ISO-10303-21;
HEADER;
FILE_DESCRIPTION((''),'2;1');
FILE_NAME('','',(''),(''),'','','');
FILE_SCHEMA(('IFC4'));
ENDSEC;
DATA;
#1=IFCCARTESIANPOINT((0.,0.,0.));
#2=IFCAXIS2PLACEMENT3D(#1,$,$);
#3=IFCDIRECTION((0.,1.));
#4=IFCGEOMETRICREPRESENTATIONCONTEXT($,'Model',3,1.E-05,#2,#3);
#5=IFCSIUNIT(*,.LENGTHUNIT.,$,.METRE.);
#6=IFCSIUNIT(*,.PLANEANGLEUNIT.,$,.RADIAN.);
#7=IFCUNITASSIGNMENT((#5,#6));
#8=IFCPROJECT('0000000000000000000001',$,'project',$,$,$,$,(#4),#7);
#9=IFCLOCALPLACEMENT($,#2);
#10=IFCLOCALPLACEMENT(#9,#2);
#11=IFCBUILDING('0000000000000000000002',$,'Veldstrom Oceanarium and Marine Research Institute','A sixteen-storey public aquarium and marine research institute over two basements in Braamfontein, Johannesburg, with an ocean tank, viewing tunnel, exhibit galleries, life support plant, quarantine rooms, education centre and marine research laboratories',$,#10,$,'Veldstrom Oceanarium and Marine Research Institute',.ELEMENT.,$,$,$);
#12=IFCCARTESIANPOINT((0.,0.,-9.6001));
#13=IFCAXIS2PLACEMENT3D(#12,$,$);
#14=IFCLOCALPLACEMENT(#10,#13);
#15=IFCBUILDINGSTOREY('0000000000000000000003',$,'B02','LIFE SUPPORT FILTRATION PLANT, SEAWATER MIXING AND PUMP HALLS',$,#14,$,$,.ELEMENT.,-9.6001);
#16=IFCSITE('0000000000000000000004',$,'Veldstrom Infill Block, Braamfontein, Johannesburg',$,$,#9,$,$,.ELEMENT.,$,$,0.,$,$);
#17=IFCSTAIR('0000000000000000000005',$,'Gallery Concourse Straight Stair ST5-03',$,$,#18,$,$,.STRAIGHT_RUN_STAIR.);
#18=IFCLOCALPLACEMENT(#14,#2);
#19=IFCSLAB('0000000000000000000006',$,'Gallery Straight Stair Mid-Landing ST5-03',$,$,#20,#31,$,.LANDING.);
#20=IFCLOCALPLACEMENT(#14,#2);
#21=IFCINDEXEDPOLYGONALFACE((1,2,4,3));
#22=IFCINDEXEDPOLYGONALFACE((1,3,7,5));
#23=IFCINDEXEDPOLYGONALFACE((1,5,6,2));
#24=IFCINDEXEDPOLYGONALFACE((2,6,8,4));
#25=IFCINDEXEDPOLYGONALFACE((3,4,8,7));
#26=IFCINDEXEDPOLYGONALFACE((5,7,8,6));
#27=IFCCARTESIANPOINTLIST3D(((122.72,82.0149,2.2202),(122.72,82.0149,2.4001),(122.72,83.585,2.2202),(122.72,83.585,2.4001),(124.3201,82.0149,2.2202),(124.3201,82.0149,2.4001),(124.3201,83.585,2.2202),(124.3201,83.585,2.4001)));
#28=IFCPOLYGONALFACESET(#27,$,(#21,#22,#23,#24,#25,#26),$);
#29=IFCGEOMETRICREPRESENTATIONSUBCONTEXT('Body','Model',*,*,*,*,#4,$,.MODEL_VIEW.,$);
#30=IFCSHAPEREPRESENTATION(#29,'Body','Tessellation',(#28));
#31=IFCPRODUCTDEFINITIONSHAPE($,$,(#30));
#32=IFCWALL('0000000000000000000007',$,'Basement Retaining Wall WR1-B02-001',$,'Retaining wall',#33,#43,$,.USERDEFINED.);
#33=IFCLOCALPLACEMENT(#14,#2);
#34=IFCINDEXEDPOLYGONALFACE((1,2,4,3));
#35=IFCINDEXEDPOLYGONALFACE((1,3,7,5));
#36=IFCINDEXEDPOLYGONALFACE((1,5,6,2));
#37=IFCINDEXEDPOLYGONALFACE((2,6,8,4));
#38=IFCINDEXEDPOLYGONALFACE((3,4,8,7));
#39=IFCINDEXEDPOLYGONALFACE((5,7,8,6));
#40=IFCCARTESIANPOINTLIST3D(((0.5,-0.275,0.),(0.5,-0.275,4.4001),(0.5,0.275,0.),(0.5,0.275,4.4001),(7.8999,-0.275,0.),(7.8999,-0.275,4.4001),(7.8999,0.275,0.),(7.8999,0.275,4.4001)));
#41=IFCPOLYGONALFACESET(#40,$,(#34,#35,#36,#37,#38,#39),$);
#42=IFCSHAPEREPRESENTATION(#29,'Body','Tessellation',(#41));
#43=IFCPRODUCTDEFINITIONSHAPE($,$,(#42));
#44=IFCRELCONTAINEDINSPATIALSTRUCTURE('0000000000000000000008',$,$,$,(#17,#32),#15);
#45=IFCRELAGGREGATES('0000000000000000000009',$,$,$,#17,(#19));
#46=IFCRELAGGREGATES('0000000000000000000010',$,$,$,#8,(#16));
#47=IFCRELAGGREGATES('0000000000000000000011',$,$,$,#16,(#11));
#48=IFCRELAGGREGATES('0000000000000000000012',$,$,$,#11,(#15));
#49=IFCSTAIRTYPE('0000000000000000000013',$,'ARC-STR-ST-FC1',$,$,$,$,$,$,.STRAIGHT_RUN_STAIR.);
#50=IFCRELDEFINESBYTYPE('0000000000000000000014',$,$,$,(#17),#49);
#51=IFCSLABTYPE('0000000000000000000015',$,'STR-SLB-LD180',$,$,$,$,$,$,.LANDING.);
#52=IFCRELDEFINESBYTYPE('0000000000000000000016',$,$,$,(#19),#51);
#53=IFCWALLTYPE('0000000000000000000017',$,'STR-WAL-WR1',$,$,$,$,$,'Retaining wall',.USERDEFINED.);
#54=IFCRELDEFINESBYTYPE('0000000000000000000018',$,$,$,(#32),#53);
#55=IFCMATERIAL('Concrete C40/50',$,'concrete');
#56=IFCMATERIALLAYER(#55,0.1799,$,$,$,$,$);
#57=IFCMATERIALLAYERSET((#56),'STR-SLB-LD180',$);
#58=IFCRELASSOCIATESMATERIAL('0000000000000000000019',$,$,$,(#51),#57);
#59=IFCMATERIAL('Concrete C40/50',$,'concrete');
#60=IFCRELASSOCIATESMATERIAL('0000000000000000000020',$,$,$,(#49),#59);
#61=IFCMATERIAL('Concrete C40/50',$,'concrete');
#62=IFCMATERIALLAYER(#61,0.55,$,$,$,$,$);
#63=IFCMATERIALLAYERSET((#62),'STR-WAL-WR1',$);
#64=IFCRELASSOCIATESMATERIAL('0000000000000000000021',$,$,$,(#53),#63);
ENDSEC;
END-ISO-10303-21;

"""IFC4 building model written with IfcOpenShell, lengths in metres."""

from ifc_helpers import new_model, si_unit, direction, frame, frame_2d, origin, place, context, subcontext, project, spatial, polyline, rectangle, outline, extrude, material, layer, layer_set, type_object, element, aggregate, save


model = new_model("IFC4")

# Units and contexts
model_context = context("Model", 3, precision=1e-05, world=origin(), true_north=direction((0.0, 1.0)))
body_context = subcontext(model_context, "Body", "Model", "MODEL_VIEW")
ifc_project = project(units=[si_unit("LENGTHUNIT", "METRE"), si_unit("PLANEANGLEUNIT", "RADIAN")], contexts=[model_context])

# Site, building, storey
site_placement = place(None, origin())
site = spatial("IfcSite", under=ifc_project, at=site_placement, Name="Veldstrom Infill Block, Braamfontein, Johannesburg", CompositionType="ELEMENT", RefElevation=0.0)
building_placement = place(site_placement, origin())
building = spatial("IfcBuilding", under=site, at=building_placement, Name="Veldstrom Oceanarium and Marine Research Institute", Description="A sixteen-storey public aquarium and marine research institute over two basements in Braamfontein, Johannesburg, with an ocean tank, viewing tunnel, exhibit galleries, life support plant, quarantine rooms, education centre and marine research laboratories", LongName="Veldstrom Oceanarium and Marine Research Institute", CompositionType="ELEMENT")
storey_placement = place(building_placement, frame((0.0, 0.0, -9.6001)))
storey = spatial("IfcBuildingStorey", under=building, at=storey_placement, Name="B02", Description="LIFE SUPPORT FILTRATION PLANT, SEAWATER MIXING AND PUMP HALLS", CompositionType="ELEMENT", Elevation=-9.6001)

# Stair, slab
ifc_material_1 = material(Name="Concrete C40/50", Category="concrete")
ifc_layer_1 = layer(ifc_material_1, 0.1799)
ifc_layer_set_1 = layer_set([ifc_layer_1], Name="STR-SLB-LD180")
slab_type_1 = type_object("IfcSlabType", Name="STR-SLB-LD180", PredefinedType="LANDING", material=ifc_layer_set_1)
ifc_material_2 = material(Name="Concrete C40/50", Category="concrete")
stair_type_1 = type_object("IfcStairType", Name="ARC-STR-ST-FC1", PredefinedType="STRAIGHT_RUN_STAIR", material=ifc_material_2)
stair_1_placement = place(storey_placement, origin())
stair_1 = element("IfcStair", 1, at=stair_1_placement, inside=storey, type_object=stair_type_1, Name="Gallery Concourse Straight Stair ST5-03", PredefinedType="STRAIGHT_RUN_STAIR")
slab_1_placement = place(storey_placement, frame((0.0, 0.0, 2.2202)))
slab_1 = element("IfcSlab", 2, at=slab_1_placement, type_object=slab_type_1, Name="Gallery Straight Stair Mid-Landing ST5-03", PredefinedType="LANDING", context=body_context, shape_type="SweptSolid", body=[
    extrude(outline(polyline([(122.72, 82.0149), (124.3201, 82.0149), (124.3201, 83.585), (122.72, 83.585), (122.72, 82.0149)])), origin(), (0.0, 0.0, 1.0), 0.1799),
])
aggregate(stair_1, [slab_1])

# Wall
ifc_material_3 = material(Name="Concrete C40/50", Category="concrete")
ifc_layer_2 = layer(ifc_material_3, 0.55)
ifc_layer_set_2 = layer_set([ifc_layer_2], Name="STR-WAL-WR1")
wall_type = type_object("IfcWallType", Name="STR-WAL-WR1", ElementType="Retaining wall", PredefinedType="USERDEFINED", material=ifc_layer_set_2)
wall_placement = place(storey_placement, frame((0.5, 0.0, 0.0), z_axis=(0.0, 0.0, 1.0), x_axis=(1.0, 0.0, 0.0)))
element("IfcWall", 3, at=wall_placement, inside=storey, type_object=wall_type, Name="Basement Retaining Wall WR1-B02-001", ObjectType="Retaining wall", PredefinedType="USERDEFINED", context=body_context, shape_type="SweptSolid", body=[
    extrude(rectangle(XDim=7.3999, YDim=0.55, at=frame_2d((3.7, 0.0))), origin(), (0.0, 0.0, 1.0), 4.4001),
])

save(model, "model.ifc")
